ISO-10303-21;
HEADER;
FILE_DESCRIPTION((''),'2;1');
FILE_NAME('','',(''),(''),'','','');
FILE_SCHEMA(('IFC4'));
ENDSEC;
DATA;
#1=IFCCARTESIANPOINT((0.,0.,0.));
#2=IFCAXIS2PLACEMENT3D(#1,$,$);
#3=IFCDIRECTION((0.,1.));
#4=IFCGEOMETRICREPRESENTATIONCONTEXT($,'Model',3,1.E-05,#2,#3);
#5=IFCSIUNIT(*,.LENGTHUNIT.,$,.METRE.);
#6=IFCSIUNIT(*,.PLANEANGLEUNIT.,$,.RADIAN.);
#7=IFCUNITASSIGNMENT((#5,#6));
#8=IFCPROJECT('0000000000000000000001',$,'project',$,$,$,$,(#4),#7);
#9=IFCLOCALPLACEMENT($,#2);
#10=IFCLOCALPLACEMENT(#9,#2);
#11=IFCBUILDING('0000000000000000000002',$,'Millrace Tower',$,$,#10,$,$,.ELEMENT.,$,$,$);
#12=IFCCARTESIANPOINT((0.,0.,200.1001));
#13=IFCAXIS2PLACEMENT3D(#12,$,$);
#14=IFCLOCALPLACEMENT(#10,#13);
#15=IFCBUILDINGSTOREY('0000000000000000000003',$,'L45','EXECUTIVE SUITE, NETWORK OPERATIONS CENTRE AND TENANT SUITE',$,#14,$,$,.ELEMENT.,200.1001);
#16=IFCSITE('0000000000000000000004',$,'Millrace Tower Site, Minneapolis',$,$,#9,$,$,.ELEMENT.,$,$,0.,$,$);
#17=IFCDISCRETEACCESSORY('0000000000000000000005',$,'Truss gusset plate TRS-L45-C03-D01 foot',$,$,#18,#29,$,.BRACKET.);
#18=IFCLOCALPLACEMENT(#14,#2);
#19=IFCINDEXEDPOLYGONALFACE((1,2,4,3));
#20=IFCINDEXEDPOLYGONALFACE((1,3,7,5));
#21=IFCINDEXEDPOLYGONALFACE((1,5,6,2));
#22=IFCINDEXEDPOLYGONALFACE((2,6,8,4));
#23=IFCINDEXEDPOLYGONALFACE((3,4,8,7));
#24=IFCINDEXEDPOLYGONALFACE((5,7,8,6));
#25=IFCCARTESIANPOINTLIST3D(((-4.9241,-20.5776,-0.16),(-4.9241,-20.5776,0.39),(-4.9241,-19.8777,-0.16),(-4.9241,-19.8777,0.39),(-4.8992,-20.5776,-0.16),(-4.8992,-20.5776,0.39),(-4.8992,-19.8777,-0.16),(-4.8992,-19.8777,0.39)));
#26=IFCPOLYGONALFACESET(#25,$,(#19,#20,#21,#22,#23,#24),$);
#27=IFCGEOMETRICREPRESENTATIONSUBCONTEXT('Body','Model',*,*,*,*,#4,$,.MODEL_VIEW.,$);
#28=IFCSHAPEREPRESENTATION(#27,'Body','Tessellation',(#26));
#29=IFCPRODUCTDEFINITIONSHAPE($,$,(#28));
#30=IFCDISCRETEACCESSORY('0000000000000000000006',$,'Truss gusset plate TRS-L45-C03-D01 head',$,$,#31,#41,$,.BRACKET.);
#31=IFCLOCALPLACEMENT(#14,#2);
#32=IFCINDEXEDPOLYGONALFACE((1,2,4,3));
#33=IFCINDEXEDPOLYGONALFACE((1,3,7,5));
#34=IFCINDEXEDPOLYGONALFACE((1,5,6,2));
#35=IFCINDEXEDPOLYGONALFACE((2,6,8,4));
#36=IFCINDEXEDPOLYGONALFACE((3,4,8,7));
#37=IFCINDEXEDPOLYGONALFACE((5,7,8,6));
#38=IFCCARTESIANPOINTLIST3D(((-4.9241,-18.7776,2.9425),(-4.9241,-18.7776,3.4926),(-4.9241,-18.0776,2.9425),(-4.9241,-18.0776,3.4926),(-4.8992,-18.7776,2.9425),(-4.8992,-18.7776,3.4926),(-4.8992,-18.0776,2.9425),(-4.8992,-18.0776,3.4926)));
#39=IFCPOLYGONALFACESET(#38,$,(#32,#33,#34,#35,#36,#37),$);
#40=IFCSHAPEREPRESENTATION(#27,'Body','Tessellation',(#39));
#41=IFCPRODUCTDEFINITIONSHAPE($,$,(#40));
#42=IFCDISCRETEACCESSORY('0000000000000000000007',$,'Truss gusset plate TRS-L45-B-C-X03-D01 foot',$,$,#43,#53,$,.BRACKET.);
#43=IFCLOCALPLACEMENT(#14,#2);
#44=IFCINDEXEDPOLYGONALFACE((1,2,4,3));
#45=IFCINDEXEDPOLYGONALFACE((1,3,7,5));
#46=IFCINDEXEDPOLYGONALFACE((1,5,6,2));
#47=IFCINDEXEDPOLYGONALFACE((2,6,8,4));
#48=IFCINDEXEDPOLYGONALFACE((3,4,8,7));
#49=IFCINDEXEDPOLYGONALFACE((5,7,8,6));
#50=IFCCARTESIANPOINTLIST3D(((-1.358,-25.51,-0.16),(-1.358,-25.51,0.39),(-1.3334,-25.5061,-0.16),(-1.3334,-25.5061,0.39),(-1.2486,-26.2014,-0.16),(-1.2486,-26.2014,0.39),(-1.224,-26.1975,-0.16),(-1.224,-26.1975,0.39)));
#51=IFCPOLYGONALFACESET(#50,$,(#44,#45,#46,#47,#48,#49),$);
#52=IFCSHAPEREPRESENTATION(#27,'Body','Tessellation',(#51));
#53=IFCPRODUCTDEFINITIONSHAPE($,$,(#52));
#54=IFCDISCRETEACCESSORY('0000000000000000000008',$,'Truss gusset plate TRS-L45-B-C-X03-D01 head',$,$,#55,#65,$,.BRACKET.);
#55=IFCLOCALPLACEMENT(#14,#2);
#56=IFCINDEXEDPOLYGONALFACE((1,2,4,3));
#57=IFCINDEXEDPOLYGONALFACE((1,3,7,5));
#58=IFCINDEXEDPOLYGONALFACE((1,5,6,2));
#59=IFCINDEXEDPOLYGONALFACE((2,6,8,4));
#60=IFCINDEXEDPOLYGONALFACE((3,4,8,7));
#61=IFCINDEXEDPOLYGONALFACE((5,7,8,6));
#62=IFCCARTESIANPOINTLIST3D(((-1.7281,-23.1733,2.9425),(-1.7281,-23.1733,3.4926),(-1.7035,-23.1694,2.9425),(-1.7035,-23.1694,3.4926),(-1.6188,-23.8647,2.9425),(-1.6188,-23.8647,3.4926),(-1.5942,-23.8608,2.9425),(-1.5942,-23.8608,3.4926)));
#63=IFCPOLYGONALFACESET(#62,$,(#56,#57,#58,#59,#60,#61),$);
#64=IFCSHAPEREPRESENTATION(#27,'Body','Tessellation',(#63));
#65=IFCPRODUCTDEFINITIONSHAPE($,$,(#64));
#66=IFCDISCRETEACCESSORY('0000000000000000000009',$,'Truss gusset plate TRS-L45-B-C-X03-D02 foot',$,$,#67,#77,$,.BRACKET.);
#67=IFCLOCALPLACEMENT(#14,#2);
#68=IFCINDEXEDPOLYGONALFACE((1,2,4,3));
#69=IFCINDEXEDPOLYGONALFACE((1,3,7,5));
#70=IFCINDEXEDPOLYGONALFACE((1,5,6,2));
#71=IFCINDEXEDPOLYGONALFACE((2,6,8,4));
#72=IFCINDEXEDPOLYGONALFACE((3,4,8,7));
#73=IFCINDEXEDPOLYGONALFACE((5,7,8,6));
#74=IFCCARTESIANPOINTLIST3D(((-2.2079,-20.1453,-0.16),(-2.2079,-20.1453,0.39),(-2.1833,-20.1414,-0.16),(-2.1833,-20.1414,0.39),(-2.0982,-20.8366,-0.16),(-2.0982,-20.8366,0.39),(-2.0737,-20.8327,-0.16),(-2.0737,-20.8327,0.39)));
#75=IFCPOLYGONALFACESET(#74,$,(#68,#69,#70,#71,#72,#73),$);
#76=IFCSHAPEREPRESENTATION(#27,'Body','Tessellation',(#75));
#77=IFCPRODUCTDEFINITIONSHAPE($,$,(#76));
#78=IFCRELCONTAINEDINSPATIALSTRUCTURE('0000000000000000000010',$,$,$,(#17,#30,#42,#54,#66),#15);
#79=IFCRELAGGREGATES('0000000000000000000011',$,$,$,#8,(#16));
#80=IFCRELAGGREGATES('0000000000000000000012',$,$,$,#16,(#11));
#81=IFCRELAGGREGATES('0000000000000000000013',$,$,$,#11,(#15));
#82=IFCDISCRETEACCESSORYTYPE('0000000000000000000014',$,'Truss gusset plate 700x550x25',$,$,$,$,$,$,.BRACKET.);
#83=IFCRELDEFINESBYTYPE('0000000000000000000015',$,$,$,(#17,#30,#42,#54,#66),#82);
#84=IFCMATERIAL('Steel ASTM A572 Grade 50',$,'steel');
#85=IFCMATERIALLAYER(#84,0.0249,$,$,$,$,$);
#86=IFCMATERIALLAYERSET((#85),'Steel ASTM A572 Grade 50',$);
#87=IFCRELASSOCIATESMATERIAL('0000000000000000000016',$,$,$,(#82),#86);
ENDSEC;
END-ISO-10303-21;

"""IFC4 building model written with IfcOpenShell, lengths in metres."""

from ifc_helpers import new_model, si_unit, direction, frame, origin, origin_2d, place, context, subcontext, project, spatial, rectangle, extrude, material, layer, layer_set, type_object, element, save


model = new_model("IFC4")

# Units and contexts
model_context = context("Model", 3, precision=1e-05, world=origin(), true_north=direction((0.0, 1.0)))
body_context = subcontext(model_context, "Body", "Model", "MODEL_VIEW")
ifc_project = project(units=[si_unit("LENGTHUNIT", "METRE"), si_unit("PLANEANGLEUNIT", "RADIAN")], contexts=[model_context])

# Site, building, storey
site_placement = place(None, origin())
site = spatial("IfcSite", under=ifc_project, at=site_placement, Name="Millrace Tower Site, Minneapolis", CompositionType="ELEMENT", RefElevation=0.0)
building_placement = place(site_placement, origin())
building = spatial("IfcBuilding", under=site, at=building_placement, Name="Millrace Tower", CompositionType="ELEMENT")
storey_placement = place(building_placement, frame((0.0, 0.0, 200.1001)))
storey = spatial("IfcBuildingStorey", under=building, at=storey_placement, Name="L45", Description="EXECUTIVE SUITE, NETWORK OPERATIONS CENTRE AND TENANT SUITE", CompositionType="ELEMENT", Elevation=200.1001)

# Discrete accessories
ifc_material_1 = material(Name="Steel ASTM A572 Grade 50", Category="steel")
ifc_layer_1 = layer(ifc_material_1, 0.0249)
ifc_layer_set_1 = layer_set([ifc_layer_1], Name="Steel ASTM A572 Grade 50")
discrete_accessory_type = type_object("IfcDiscreteAccessoryType", Name="Truss gusset plate 700x550x25", PredefinedType="BRACKET", material=ifc_layer_set_1)
for number, where, z_axis, x_axis, name in (
    (1, (-4.9116, -20.5776, 0.115), (0.0, 1.0, 0.0), (-1.0, 0.0, 0.0), "Truss gusset plate TRS-L45-C03-D01 foot"),
    (2, (-4.9116, -18.7776, 3.2175), (0.0, 1.0, 0.0), (-1.0, 0.0, 0.0), "Truss gusset plate TRS-L45-C03-D01 head"),
    (3, (-1.3457, -25.5081, 0.115), (0.156249, -0.987718, 0.0), (0.987718, 0.156249, 0.0), "Truss gusset plate TRS-L45-B-C-X03-D01 foot"),
    (4, (-1.7158, -23.1714, 3.2175), (0.156249, -0.987718, 0.0), (0.987718, 0.156249, 0.0), "Truss gusset plate TRS-L45-B-C-X03-D01 head"),
    (5, (-2.1956, -20.1433, 0.115), (0.156589, -0.987664, 0.0), (0.987664, 0.156589, 0.0), "Truss gusset plate TRS-L45-B-C-X03-D02 foot"),
):
    element("IfcDiscreteAccessory", number, at=place(storey_placement, frame(where, z_axis=z_axis, x_axis=x_axis)), inside=storey, type_object=discrete_accessory_type, Name=name, PredefinedType="BRACKET", context=body_context, shape_type="SweptSolid", body=[
        extrude(rectangle(XDim=0.0249, YDim=0.55, at=origin_2d()), origin(), (0.0, 0.0, 1.0), 0.7),
    ])

save(model, "model.ifc")
